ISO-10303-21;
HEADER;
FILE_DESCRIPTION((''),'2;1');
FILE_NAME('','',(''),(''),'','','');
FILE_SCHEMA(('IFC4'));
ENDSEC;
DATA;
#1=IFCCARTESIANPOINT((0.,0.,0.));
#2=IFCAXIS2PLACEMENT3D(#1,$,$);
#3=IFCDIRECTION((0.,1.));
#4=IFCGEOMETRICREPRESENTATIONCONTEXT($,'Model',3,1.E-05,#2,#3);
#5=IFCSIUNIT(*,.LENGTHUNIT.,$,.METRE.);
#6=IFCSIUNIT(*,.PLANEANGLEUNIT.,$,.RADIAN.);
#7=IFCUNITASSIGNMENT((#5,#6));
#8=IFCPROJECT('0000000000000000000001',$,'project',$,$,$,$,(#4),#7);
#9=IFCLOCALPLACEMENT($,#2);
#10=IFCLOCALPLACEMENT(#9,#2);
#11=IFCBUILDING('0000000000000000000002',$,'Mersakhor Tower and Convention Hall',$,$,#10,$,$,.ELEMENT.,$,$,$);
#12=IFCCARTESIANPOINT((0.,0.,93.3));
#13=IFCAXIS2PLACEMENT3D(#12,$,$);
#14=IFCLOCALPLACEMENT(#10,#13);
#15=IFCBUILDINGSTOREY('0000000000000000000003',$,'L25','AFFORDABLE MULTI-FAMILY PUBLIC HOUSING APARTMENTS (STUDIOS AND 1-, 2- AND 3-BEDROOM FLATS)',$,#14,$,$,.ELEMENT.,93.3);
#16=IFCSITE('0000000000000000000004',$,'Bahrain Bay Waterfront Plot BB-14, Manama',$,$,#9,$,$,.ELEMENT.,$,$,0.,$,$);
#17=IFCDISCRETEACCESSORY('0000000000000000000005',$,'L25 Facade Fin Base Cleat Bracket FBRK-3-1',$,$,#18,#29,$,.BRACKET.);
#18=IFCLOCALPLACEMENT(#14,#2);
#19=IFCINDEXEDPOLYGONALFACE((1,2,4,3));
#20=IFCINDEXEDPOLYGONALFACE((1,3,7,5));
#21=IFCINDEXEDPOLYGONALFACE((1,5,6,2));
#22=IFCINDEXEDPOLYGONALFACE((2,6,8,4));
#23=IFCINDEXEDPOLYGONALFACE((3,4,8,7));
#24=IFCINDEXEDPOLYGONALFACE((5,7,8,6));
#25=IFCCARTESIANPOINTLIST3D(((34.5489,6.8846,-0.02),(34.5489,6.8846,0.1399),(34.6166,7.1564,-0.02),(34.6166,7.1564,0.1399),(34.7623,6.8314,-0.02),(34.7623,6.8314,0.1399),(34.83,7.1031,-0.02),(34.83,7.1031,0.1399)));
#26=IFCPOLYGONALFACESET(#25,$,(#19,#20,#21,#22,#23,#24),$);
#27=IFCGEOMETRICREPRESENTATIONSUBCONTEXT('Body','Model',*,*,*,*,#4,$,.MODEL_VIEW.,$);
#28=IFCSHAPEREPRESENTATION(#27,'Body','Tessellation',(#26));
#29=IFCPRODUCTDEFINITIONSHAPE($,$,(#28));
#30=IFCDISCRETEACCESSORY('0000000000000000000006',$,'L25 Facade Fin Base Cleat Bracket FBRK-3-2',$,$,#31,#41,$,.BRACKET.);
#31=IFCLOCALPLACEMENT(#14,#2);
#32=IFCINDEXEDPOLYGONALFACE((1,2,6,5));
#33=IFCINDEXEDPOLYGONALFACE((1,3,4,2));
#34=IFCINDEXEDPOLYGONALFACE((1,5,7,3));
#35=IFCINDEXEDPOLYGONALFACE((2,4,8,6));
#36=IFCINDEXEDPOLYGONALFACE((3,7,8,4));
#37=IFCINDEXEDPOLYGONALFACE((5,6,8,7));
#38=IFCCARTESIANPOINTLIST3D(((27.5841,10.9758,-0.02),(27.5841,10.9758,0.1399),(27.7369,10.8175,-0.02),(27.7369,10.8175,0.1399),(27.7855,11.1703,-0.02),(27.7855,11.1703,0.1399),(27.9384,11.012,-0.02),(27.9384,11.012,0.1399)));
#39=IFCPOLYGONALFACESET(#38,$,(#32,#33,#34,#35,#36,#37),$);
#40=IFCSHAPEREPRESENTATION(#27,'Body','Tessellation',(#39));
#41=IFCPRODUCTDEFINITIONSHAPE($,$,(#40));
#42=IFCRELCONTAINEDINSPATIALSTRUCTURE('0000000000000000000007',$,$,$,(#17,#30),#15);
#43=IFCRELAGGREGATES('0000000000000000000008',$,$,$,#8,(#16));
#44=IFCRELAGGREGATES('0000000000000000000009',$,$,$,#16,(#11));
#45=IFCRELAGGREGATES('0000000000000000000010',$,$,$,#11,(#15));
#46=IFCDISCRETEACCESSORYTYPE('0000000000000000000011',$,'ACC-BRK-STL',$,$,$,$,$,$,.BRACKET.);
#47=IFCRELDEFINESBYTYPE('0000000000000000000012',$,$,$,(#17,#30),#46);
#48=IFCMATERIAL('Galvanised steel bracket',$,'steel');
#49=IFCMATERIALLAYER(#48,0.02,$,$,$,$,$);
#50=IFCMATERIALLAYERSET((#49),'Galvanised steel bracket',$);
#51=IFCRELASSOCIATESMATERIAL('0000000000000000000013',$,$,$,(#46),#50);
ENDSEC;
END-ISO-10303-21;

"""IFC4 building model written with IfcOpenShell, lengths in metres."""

from ifc_helpers import new_model, si_unit, direction, frame, origin, origin_2d, place, context, subcontext, project, spatial, rectangle, extrude, material, layer, layer_set, type_object, element, save


model = new_model("IFC4")

# Units and contexts
model_context = context("Model", 3, precision=1e-05, world=origin(), true_north=direction((0.0, 1.0)))
body_context = subcontext(model_context, "Body", "Model", "MODEL_VIEW")
ifc_project = project(units=[si_unit("LENGTHUNIT", "METRE"), si_unit("PLANEANGLEUNIT", "RADIAN")], contexts=[model_context])

# Site, building, storey
site_placement = place(None, origin())
site = spatial("IfcSite", under=ifc_project, at=site_placement, Name="Bahrain Bay Waterfront Plot BB-14, Manama", CompositionType="ELEMENT", RefElevation=0.0)
building_placement = place(site_placement, origin())
building = spatial("IfcBuilding", under=site, at=building_placement, Name="Mersakhor Tower and Convention Hall", CompositionType="ELEMENT")
storey_placement = place(building_placement, frame((0.0, 0.0, 93.3)))
storey = spatial("IfcBuildingStorey", under=building, at=storey_placement, Name="L25", Description="AFFORDABLE MULTI-FAMILY PUBLIC HOUSING APARTMENTS (STUDIOS AND 1-, 2- AND 3-BEDROOM FLATS)", CompositionType="ELEMENT", Elevation=93.3)

# Discrete accessories
ifc_material_1 = material(Name="Galvanised steel bracket", Category="steel")
ifc_layer_1 = layer(ifc_material_1, 0.02)
ifc_layer_set_1 = layer_set([ifc_layer_1], Name="Galvanised steel bracket")
discrete_accessory_type = type_object("IfcDiscreteAccessoryType", Name="ACC-BRK-STL", PredefinedType="BRACKET", material=ifc_layer_set_1)
for number, where, z_axis, x_axis, name in (
    (1, (34.6895, 6.9939, -0.02), (0.0, 0.0, 1.0), (-0.241922, -0.970296, 0.0), "L25 Facade Fin Base Cleat Bracket FBRK-3-1"),
    (2, (27.7612, 10.9939, -0.02), (0.0, 0.0, 1.0), (-0.71934, -0.694658, 0.0), "L25 Facade Fin Base Cleat Bracket FBRK-3-2"),
):
    element("IfcDiscreteAccessory", number, at=place(storey_placement, frame(where, z_axis=z_axis, x_axis=x_axis)), inside=storey, type_object=discrete_accessory_type, Name=name, PredefinedType="BRACKET", context=body_context, shape_type="SweptSolid", body=[
        extrude(rectangle(XDim=0.28, YDim=0.22, at=origin_2d()), origin(), (0.0, 0.0, 1.0), 0.1599),
    ])

save(model, "model.ifc")
